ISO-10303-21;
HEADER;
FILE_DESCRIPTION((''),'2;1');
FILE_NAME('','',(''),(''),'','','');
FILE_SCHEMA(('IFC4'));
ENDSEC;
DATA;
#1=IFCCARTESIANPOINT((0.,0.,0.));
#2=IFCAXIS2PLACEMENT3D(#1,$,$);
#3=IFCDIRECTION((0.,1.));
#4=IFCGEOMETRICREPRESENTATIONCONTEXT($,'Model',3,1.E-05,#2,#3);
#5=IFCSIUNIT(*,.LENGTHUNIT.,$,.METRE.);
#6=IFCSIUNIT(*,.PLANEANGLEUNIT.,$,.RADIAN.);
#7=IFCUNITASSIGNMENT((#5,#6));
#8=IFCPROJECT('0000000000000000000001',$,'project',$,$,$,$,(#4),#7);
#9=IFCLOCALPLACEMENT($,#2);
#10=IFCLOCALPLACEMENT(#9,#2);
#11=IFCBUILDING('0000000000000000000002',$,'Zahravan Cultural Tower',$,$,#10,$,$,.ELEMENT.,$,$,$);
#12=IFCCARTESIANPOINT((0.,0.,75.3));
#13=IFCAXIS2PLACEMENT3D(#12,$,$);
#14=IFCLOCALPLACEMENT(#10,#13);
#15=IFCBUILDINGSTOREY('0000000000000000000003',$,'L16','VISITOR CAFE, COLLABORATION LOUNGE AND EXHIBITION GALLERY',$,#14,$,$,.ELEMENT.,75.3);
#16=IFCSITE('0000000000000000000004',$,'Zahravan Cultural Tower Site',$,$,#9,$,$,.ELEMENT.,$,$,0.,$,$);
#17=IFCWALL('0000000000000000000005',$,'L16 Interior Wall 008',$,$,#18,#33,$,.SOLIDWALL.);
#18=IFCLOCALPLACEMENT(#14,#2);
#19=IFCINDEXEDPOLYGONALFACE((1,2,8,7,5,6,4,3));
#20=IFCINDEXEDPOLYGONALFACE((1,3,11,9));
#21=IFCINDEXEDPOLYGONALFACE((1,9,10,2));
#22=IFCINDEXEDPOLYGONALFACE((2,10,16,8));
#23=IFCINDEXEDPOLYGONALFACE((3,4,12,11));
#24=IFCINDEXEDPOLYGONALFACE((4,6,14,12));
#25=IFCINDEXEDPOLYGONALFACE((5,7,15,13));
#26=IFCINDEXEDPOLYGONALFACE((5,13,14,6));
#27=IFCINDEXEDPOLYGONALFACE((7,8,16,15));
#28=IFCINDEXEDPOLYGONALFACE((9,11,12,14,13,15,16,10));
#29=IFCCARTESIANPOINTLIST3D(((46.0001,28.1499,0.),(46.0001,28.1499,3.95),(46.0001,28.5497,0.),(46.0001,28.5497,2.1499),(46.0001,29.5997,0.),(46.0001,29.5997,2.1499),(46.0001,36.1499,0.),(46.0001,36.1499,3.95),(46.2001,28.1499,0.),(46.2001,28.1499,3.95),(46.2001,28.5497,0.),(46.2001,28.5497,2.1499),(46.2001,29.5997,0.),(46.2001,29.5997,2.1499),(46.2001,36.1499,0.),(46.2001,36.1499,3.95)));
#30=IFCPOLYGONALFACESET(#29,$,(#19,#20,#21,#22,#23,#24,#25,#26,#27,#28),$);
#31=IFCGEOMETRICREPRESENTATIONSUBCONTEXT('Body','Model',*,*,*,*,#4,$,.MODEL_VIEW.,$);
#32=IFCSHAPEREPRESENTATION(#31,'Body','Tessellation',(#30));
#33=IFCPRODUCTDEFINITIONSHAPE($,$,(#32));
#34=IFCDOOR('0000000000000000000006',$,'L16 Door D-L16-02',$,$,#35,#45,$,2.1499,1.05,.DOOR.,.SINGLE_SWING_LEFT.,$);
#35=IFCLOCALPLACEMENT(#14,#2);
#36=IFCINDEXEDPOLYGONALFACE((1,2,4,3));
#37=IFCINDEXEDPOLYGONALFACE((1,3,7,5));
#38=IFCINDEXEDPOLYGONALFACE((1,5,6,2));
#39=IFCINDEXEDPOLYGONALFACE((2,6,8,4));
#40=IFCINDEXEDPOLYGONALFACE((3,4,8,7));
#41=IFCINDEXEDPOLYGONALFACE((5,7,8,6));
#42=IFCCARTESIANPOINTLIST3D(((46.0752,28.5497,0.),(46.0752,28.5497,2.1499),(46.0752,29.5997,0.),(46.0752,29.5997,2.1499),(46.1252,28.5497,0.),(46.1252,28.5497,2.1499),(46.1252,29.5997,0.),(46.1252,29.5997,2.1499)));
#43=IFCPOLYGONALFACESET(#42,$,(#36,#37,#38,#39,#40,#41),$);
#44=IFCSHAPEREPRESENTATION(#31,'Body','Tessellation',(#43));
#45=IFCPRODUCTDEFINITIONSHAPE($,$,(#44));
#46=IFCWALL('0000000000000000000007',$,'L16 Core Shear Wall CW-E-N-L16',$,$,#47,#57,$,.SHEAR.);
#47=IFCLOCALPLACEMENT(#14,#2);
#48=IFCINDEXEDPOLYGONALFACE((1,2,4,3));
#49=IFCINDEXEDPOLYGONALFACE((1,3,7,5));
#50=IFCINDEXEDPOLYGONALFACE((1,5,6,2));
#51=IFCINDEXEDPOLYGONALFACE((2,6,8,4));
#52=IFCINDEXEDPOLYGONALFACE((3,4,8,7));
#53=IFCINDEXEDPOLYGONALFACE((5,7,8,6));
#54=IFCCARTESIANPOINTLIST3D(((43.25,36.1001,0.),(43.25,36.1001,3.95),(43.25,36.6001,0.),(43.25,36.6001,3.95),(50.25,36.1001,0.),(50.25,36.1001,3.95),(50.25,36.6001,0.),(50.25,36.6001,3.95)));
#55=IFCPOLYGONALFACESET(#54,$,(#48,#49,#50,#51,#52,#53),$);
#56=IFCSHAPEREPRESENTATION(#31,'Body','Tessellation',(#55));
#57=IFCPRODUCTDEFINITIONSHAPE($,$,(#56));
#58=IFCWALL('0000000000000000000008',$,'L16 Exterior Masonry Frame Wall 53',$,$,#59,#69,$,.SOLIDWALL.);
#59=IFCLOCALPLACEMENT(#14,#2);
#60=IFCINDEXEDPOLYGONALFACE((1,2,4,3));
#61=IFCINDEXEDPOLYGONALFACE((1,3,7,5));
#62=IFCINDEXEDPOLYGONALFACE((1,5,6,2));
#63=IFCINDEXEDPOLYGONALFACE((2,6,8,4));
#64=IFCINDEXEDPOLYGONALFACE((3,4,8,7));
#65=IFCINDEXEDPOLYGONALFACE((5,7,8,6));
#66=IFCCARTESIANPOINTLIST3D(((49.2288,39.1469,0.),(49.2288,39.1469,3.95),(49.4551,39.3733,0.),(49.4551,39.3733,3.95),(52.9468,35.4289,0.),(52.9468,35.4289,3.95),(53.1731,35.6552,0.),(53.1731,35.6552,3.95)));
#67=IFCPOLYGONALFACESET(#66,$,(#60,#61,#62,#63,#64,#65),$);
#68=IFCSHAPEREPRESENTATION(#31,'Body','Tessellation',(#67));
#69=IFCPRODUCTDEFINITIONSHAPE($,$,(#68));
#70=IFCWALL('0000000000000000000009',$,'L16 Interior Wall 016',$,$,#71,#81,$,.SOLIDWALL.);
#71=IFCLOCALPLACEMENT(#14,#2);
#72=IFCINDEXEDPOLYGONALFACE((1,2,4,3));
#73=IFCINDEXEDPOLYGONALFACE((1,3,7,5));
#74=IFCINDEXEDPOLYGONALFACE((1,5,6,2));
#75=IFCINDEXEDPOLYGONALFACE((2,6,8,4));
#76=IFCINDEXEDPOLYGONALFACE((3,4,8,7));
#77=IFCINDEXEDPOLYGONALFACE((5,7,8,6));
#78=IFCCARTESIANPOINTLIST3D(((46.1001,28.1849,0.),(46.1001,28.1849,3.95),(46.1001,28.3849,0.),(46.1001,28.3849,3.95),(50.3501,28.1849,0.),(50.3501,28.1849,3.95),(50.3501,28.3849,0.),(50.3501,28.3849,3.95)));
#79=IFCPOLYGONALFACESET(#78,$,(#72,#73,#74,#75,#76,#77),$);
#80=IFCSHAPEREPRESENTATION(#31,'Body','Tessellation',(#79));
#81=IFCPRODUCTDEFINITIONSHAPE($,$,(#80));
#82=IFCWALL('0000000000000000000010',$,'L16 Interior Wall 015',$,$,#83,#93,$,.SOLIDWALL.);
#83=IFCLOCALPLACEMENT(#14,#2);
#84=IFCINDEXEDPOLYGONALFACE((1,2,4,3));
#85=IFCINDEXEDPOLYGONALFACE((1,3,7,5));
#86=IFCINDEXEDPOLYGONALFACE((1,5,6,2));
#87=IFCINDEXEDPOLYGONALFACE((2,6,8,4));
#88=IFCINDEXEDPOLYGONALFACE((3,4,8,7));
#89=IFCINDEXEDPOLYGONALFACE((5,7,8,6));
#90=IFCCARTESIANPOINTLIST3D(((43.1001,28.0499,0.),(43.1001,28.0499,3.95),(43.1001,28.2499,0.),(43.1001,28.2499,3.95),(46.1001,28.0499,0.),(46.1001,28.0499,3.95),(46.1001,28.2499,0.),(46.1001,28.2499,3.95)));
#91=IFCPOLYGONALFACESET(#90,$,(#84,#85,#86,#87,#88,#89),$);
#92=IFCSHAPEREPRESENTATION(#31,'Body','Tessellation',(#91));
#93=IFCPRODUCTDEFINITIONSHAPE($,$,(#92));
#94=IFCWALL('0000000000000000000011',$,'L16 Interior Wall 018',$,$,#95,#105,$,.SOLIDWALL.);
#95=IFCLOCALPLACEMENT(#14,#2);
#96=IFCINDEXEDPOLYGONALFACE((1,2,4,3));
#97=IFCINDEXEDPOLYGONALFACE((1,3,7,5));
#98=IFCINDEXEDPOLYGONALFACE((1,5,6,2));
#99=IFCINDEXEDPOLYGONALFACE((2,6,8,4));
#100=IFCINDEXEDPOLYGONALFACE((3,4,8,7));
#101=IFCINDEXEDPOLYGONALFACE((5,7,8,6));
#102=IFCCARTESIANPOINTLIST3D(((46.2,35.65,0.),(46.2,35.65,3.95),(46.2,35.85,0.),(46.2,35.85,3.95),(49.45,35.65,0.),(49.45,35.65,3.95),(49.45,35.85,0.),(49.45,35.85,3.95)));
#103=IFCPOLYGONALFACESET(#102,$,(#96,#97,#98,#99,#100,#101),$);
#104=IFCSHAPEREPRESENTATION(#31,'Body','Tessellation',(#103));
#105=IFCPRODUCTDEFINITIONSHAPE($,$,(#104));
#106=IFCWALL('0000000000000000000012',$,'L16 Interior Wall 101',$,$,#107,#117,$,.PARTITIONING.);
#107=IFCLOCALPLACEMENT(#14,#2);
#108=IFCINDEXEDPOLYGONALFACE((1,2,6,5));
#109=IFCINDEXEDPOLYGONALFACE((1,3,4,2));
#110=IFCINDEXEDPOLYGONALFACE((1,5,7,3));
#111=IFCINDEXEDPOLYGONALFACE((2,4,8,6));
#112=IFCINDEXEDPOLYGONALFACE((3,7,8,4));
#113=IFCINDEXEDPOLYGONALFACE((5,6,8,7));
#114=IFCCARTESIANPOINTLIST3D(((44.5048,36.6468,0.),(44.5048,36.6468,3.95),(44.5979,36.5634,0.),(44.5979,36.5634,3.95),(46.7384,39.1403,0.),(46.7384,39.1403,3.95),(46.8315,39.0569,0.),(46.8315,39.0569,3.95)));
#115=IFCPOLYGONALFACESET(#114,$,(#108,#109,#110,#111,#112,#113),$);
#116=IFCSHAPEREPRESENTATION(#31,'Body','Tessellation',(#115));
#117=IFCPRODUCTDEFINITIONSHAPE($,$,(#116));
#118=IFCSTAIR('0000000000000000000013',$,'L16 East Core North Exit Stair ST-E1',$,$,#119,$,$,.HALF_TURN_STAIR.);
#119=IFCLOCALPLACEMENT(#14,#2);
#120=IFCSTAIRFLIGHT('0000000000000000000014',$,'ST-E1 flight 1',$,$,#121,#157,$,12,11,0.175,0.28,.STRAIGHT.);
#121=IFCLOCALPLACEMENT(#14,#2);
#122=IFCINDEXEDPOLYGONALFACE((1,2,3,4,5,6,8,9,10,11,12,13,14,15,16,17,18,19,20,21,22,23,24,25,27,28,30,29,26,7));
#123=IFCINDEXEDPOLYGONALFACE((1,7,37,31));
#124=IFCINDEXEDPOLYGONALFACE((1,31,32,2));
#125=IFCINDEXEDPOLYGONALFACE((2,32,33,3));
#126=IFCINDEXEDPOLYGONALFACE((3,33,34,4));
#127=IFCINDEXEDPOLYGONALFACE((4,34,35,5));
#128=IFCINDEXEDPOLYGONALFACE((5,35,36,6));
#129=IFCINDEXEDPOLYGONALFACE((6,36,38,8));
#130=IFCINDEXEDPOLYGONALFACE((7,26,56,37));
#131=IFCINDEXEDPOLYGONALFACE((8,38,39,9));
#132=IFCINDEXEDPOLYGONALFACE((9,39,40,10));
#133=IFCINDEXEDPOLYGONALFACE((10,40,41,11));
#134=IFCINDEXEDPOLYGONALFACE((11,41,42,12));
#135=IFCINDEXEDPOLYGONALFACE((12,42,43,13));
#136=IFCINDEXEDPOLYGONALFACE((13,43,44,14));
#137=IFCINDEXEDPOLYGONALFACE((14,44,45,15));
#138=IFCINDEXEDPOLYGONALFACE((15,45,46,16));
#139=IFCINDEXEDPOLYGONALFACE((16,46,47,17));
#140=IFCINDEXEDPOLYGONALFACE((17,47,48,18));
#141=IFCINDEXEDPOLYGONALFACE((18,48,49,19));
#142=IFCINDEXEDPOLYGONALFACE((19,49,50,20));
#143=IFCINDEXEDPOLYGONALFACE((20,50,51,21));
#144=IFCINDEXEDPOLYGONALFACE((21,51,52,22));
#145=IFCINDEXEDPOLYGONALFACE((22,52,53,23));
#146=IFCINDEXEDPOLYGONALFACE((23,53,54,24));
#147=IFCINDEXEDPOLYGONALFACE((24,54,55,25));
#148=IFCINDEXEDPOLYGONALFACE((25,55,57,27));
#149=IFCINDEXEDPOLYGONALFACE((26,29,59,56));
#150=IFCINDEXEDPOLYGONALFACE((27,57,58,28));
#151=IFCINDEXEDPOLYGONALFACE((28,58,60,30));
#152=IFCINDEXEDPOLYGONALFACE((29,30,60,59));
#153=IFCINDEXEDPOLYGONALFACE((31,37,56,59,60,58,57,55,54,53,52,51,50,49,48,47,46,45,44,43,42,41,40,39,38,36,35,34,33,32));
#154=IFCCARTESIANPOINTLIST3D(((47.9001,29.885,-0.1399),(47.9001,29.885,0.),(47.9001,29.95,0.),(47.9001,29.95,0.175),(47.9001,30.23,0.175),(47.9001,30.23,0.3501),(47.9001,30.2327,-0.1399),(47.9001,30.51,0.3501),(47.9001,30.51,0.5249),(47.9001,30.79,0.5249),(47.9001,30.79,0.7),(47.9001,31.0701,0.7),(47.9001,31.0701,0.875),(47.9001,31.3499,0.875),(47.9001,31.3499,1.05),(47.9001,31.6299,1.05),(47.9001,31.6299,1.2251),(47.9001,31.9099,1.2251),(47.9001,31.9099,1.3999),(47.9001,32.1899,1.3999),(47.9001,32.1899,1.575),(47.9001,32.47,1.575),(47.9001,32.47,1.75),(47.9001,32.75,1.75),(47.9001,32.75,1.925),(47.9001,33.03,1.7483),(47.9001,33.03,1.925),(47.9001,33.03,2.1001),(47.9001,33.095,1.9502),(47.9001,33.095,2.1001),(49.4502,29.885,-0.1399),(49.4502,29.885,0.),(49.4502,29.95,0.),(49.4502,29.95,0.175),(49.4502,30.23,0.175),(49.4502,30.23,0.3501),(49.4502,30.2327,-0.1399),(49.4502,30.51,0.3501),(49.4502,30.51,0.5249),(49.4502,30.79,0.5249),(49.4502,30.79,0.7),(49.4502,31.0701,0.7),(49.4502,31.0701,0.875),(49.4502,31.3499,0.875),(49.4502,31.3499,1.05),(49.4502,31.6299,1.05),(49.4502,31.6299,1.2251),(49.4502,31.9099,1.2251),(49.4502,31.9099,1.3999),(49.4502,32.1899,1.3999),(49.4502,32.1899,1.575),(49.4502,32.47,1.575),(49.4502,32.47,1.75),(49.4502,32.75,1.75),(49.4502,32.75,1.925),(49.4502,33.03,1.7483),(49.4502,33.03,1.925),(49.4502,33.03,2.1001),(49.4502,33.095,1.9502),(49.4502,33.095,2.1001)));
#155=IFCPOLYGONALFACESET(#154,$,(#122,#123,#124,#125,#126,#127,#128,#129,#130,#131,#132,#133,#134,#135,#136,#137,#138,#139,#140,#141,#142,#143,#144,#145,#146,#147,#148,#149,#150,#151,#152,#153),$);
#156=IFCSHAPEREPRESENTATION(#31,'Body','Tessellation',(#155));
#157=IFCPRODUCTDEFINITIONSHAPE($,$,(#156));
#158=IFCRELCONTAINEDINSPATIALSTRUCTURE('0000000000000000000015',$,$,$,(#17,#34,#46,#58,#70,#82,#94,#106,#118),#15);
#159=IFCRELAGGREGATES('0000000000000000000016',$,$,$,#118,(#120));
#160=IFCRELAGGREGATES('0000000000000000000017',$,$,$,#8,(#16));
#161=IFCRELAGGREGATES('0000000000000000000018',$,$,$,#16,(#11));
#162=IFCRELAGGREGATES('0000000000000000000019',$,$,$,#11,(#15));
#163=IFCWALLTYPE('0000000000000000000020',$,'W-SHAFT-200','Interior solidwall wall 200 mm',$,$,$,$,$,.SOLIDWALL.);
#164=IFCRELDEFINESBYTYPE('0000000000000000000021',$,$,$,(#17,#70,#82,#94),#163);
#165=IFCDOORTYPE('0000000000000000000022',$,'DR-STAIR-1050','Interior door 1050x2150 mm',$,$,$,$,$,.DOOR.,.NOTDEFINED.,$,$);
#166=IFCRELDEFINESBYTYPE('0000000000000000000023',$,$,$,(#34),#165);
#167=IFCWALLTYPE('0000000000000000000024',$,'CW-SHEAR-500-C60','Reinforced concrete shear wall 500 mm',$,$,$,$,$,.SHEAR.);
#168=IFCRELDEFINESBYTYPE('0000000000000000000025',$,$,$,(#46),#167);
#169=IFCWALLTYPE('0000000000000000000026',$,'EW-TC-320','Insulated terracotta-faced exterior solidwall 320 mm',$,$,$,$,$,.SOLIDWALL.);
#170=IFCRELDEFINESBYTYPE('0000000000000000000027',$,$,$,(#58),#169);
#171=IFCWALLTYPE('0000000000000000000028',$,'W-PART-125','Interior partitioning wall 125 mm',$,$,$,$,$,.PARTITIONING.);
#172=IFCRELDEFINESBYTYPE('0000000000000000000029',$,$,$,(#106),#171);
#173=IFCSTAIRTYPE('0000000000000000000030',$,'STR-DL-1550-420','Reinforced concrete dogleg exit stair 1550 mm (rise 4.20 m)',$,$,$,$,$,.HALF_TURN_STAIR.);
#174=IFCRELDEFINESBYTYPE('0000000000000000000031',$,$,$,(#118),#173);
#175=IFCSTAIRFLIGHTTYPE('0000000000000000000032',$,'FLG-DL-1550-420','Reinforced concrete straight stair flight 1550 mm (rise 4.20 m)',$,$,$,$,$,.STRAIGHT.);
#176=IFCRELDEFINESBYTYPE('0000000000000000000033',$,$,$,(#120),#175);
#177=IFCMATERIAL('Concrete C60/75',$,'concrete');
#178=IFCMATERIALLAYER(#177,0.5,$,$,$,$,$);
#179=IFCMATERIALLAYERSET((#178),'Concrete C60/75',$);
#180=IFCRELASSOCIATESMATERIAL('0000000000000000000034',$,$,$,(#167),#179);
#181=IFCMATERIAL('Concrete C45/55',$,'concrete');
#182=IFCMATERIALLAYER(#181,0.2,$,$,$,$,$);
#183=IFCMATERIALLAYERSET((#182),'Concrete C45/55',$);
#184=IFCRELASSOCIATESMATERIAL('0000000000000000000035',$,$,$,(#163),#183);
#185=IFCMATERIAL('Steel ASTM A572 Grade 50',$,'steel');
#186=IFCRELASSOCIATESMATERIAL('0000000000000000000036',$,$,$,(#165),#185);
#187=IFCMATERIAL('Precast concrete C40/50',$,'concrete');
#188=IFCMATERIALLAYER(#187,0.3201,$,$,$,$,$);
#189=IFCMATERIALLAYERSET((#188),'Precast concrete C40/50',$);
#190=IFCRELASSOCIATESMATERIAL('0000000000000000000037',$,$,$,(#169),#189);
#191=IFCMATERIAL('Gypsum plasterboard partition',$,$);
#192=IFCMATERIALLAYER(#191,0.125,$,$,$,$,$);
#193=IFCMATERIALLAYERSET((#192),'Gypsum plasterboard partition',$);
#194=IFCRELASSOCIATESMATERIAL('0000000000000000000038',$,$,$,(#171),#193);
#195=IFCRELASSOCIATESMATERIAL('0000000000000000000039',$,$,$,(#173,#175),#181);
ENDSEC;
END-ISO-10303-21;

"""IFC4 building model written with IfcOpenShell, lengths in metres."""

from ifc_helpers import new_model, si_unit, direction, frame, frame_2d, origin, place, context, subcontext, project, spatial, polyline, rectangle, outline, extrude, source, transform, mapped, material, layer, layer_set, type_object, element, fill, aggregate, save


model = new_model("IFC4")

# Units and contexts
model_context = context("Model", 3, precision=1e-05, world=origin(), true_north=direction((0.0, 1.0)))
body_context = subcontext(model_context, "Body", "Model", "MODEL_VIEW")
ifc_project = project(units=[si_unit("LENGTHUNIT", "METRE"), si_unit("PLANEANGLEUNIT", "RADIAN")], contexts=[model_context])

# Site, building, storey
site_placement = place(None, origin())
site = spatial("IfcSite", under=ifc_project, at=site_placement, Name="Zahravan Cultural Tower Site", CompositionType="ELEMENT", RefElevation=0.0)
building_placement = place(site_placement, origin())
building = spatial("IfcBuilding", under=site, at=building_placement, Name="Zahravan Cultural Tower", CompositionType="ELEMENT")
storey_placement = place(building_placement, frame((0.0, 0.0, 75.3)))
storey = spatial("IfcBuildingStorey", under=building, at=storey_placement, Name="L16", Description="VISITOR CAFE, COLLABORATION LOUNGE AND EXHIBITION GALLERY", CompositionType="ELEMENT", Elevation=75.3)

# Shared definitions
ifc_material_1 = material(Name="Concrete C60/75", Category="concrete")

# Wall, opening, door
ifc_layer_1 = layer(ifc_material_1, 0.5)
ifc_layer_set_1 = layer_set([ifc_layer_1], Name="Concrete C60/75")
wall_type_1 = type_object("IfcWallType", Name="CW-SHEAR-500-C60", Description="Reinforced concrete shear wall 500 mm", PredefinedType="SHEAR", material=ifc_layer_set_1)
ifc_material_2 = material(Name="Steel ASTM A572 Grade 50", Category="steel")
ifc_material_3 = material(Name="Concrete C45/55", Category="concrete")
ifc_layer_2 = layer(ifc_material_3, 0.2)
ifc_layer_set_2 = layer_set([ifc_layer_2], Name="Concrete C45/55")
wall_type_2 = type_object("IfcWallType", Name="W-SHAFT-200", Description="Interior solidwall wall 200 mm", PredefinedType="SOLIDWALL", material=ifc_layer_set_2)
wall_1_placement = place(storey_placement, frame((46.1001, 28.1499, 0.0), z_axis=(0.0, 0.0, 1.0), x_axis=(0.0, 1.0, 0.0)))
wall_1 = element("IfcWall", 1, at=wall_1_placement, inside=storey, type_object=wall_type_2, Name="L16 Interior Wall 008", PredefinedType="SOLIDWALL", context=body_context, shape_type="SweptSolid", body=[
    extrude(rectangle(XDim=8.0, YDim=0.2, at=frame_2d((4.0, 0.0))), origin(), (0.0, 0.0, 1.0), 3.95),
])
opening_1_placement = place(wall_1_placement, frame((0.3999, 0.0, 0.0)))
opening_1 = element("IfcOpeningElement", 2, at=opening_1_placement, cuts=wall_1, PredefinedType="OPENING", context=body_context, shape_type="SweptSolid", body=[
    extrude(rectangle(XDim=1.05, YDim=2.1499, at=frame_2d((0.5249, 1.075))), frame((0.0, 0.1099, 0.0), z_axis=(0.0, -1.0, 0.0), x_axis=(1.0, 0.0, 0.0)), (0.0, 0.0, 1.0), 0.22),
])
door_type_1 = type_object("IfcDoorType", Name="DR-STAIR-1050", Description="Interior door 1050x2150 mm", OperationType="NOTDEFINED", PredefinedType="DOOR", material=ifc_material_2)
shared_shape_1 = source(origin(), body_context, "Body", "SweptSolid", [
    extrude(rectangle(XDim=1.05, YDim=2.1499, at=frame_2d((0.5249, 1.075))), frame((0.0, 0.0249, 0.0), z_axis=(0.0, -1.0, 0.0), x_axis=(1.0, 0.0, 0.0)), (0.0, 0.0, 1.0), 0.05),
])
door_1_placement = place(opening_1_placement, origin())
door_1 = element("IfcDoor", 3, at=door_1_placement, inside=storey, type_object=door_type_1, Name="L16 Door D-L16-02", OperationType="SINGLE_SWING_LEFT", OverallHeight=2.1499, OverallWidth=1.05, PredefinedType="DOOR", context=body_context, shape_type="MappedRepresentation", body=[
    mapped(shared_shape_1, transform((0.0, 0.0, 0.0), x_axis=(1.0, 0.0, 0.0), y_axis=(0.0, 1.0, 0.0), z_axis=(0.0, 0.0, 1.0), scale=1.0)),
])
fill(opening_1, door_1)

# Walls
shared_shape_2 = source(origin(), body_context, "Body", "SweptSolid", [
    extrude(rectangle(XDim=7.0, YDim=0.5, at=frame_2d((3.5, 0.0))), origin(), (0.0, 0.0, 1.0), 3.95),
])
wall_2_placement = place(storey_placement, frame((43.25, 36.3501, 0.0), z_axis=(0.0, 0.0, 1.0), x_axis=(1.0, 0.0, 0.0)))
element("IfcWall", 4, at=wall_2_placement, inside=storey, type_object=wall_type_1, Name="L16 Core Shear Wall CW-E-N-L16", PredefinedType="SHEAR", context=body_context, shape_type="MappedRepresentation", body=[
    mapped(shared_shape_2, transform((0.0, 0.0, 0.0), x_axis=(1.0, 0.0, 0.0), y_axis=(0.0, 1.0, 0.0), z_axis=(0.0, 0.0, 1.0), scale=1.0)),
])
ifc_material_4 = material(Name="Precast concrete C40/50", Category="concrete")
ifc_layer_3 = layer(ifc_material_4, 0.3201)
ifc_layer_set_3 = layer_set([ifc_layer_3], Name="Precast concrete C40/50")
wall_type_3 = type_object("IfcWallType", Name="EW-TC-320", Description="Insulated terracotta-faced exterior solidwall 320 mm", PredefinedType="SOLIDWALL", material=ifc_layer_set_3)
shared_shape_3 = source(origin(), body_context, "Body", "SweptSolid", [
    extrude(rectangle(XDim=5.2581, YDim=0.3201, at=frame_2d((2.6289, 0.0))), origin(), (0.0, 0.0, 1.0), 3.95),
])
wall_3_placement = place(storey_placement, frame((49.342, 39.26, 0.0), z_axis=(0.0, 0.0, 1.0), x_axis=(0.707107, -0.707107, 0.0)))
element("IfcWall", 5, at=wall_3_placement, inside=storey, type_object=wall_type_3, Name="L16 Exterior Masonry Frame Wall 53", PredefinedType="SOLIDWALL", context=body_context, shape_type="MappedRepresentation", body=[
    mapped(shared_shape_3, transform((0.0, 0.0, 0.0), x_axis=(1.0, 0.0, 0.0), y_axis=(0.0, 1.0, 0.0), z_axis=(0.0, 0.0, 1.0), scale=1.0)),
])
shared_shape_4 = source(origin(), body_context, "Body", "SweptSolid", [
    extrude(rectangle(XDim=4.25, YDim=0.2, at=frame_2d((2.125, 0.0))), origin(), (0.0, 0.0, 1.0), 3.95),
])
wall_4_placement = place(storey_placement, frame((46.1001, 28.2849, 0.0), z_axis=(0.0, 0.0, 1.0), x_axis=(1.0, 0.0, 0.0)))
element("IfcWall", 6, at=wall_4_placement, inside=storey, type_object=wall_type_2, Name="L16 Interior Wall 016", PredefinedType="SOLIDWALL", context=body_context, shape_type="MappedRepresentation", body=[
    mapped(shared_shape_4, transform((0.0, 0.0, 0.0), x_axis=(1.0, 0.0, 0.0), y_axis=(0.0, 1.0, 0.0), z_axis=(0.0, 0.0, 1.0), scale=1.0)),
])
shared_shape_5 = source(origin(), body_context, "Body", "SweptSolid", [
    extrude(rectangle(XDim=3.0, YDim=0.2, at=frame_2d((1.5, 0.0))), origin(), (0.0, 0.0, 1.0), 3.95),
])
wall_5_placement = place(storey_placement, frame((43.1001, 28.1499, 0.0), z_axis=(0.0, 0.0, 1.0), x_axis=(1.0, 0.0, 0.0)))
element("IfcWall", 7, at=wall_5_placement, inside=storey, type_object=wall_type_2, Name="L16 Interior Wall 015", PredefinedType="SOLIDWALL", context=body_context, shape_type="MappedRepresentation", body=[
    mapped(shared_shape_5, transform((0.0, 0.0, 0.0), x_axis=(1.0, 0.0, 0.0), y_axis=(0.0, 1.0, 0.0), z_axis=(0.0, 0.0, 1.0), scale=1.0)),
])
shared_shape_6 = source(origin(), body_context, "Body", "SweptSolid", [
    extrude(rectangle(XDim=3.25, YDim=0.2, at=frame_2d((1.625, 0.0))), origin(), (0.0, 0.0, 1.0), 3.95),
])
wall_6_placement = place(storey_placement, frame((46.2, 35.75, 0.0), z_axis=(0.0, 0.0, 1.0), x_axis=(1.0, 0.0, 0.0)))
element("IfcWall", 8, at=wall_6_placement, inside=storey, type_object=wall_type_2, Name="L16 Interior Wall 018", PredefinedType="SOLIDWALL", context=body_context, shape_type="MappedRepresentation", body=[
    mapped(shared_shape_6, transform((0.0, 0.0, 0.0), x_axis=(1.0, 0.0, 0.0), y_axis=(0.0, 1.0, 0.0), z_axis=(0.0, 0.0, 1.0), scale=1.0)),
])
ifc_material_5 = material(Name="Gypsum plasterboard partition")
ifc_layer_4 = layer(ifc_material_5, 0.125)
ifc_layer_set_4 = layer_set([ifc_layer_4], Name="Gypsum plasterboard partition")
wall_type_4 = type_object("IfcWallType", Name="W-PART-125", Description="Interior partitioning wall 125 mm", PredefinedType="PARTITIONING", material=ifc_layer_set_4)
shared_shape_7 = source(origin(), body_context, "Body", "SweptSolid", [
    extrude(rectangle(XDim=3.3477, YDim=0.125, at=frame_2d((1.6738, 0.0))), origin(), (0.0, 0.0, 1.0), 3.95),
])
wall_7_placement = place(storey_placement, frame((46.7849, 39.0986, 0.0), z_axis=(0.0, 0.0, 1.0), x_axis=(-0.667206, -0.744873, 0.0)))
element("IfcWall", 9, at=wall_7_placement, inside=storey, type_object=wall_type_4, Name="L16 Interior Wall 101", PredefinedType="PARTITIONING", context=body_context, shape_type="MappedRepresentation", body=[
    mapped(shared_shape_7, transform((0.0, 0.0, 0.0), x_axis=(1.0, 0.0, 0.0), y_axis=(0.0, 1.0, 0.0), z_axis=(0.0, 0.0, 1.0), scale=1.0)),
])

# Stair, stair flight
stair_type = type_object("IfcStairType", Name="STR-DL-1550-420", Description="Reinforced concrete dogleg exit stair 1550 mm (rise 4.20 m)", PredefinedType="HALF_TURN_STAIR", material=ifc_material_3)
stair_placement = place(storey_placement, origin())
stair = element("IfcStair", 10, at=stair_placement, inside=storey, type_object=stair_type, Name="L16 East Core North Exit Stair ST-E1", PredefinedType="HALF_TURN_STAIR")
stair_flight_type = type_object("IfcStairFlightType", Name="FLG-DL-1550-420", Description="Reinforced concrete straight stair flight 1550 mm (rise 4.20 m)", PredefinedType="STRAIGHT", material=ifc_material_3)
stair_flight_1_placement = place(storey_placement, frame((48.675, 29.95, 0.0), z_axis=(0.0, 0.0, 1.0), x_axis=(0.0, 1.0, 0.0)))
stair_flight_1 = element("IfcStairFlight", 11, at=stair_flight_1_placement, type_object=stair_flight_type, Name="ST-E1 flight 1", NumberOfRisers=12, NumberOfTreads=11, PredefinedType="STRAIGHT", RiserHeight=0.175, TreadLength=0.28, context=body_context, shape_type="SweptSolid", body=[
    extrude(outline(polyline([(-0.0649, -0.1399), (-0.0649, 0.0), (0.0, 0.0), (0.0, 0.175), (0.28, 0.175), (0.28, 0.3501), (0.5601, 0.3501), (0.5601, 0.5249), (0.8401, 0.5249), (0.8401, 0.7), (1.1201, 0.7), (1.1201, 0.875), (1.3999, 0.875), (1.3999, 1.05), (1.6799, 1.05), (1.6799, 1.2251), (1.96, 1.2251), (1.96, 1.3999), (2.24, 1.3999), (2.24, 1.575), (2.52, 1.575), (2.52, 1.75), (2.8, 1.75), (2.8, 1.925), (3.0801, 1.925), (3.0801, 2.1001), (3.145, 2.1001), (3.145, 1.9502), (3.0801, 1.7483), (0.2827, -0.1399), (-0.0649, -0.1399)])), frame((0.0, 0.7749, 0.0), z_axis=(0.0, -1.0, 0.0), x_axis=(1.0, 0.0, 0.0)), (0.0, 0.0, 1.0), 1.55),
])
aggregate(stair, [stair_flight_1])

save(model, "model.ifc")
